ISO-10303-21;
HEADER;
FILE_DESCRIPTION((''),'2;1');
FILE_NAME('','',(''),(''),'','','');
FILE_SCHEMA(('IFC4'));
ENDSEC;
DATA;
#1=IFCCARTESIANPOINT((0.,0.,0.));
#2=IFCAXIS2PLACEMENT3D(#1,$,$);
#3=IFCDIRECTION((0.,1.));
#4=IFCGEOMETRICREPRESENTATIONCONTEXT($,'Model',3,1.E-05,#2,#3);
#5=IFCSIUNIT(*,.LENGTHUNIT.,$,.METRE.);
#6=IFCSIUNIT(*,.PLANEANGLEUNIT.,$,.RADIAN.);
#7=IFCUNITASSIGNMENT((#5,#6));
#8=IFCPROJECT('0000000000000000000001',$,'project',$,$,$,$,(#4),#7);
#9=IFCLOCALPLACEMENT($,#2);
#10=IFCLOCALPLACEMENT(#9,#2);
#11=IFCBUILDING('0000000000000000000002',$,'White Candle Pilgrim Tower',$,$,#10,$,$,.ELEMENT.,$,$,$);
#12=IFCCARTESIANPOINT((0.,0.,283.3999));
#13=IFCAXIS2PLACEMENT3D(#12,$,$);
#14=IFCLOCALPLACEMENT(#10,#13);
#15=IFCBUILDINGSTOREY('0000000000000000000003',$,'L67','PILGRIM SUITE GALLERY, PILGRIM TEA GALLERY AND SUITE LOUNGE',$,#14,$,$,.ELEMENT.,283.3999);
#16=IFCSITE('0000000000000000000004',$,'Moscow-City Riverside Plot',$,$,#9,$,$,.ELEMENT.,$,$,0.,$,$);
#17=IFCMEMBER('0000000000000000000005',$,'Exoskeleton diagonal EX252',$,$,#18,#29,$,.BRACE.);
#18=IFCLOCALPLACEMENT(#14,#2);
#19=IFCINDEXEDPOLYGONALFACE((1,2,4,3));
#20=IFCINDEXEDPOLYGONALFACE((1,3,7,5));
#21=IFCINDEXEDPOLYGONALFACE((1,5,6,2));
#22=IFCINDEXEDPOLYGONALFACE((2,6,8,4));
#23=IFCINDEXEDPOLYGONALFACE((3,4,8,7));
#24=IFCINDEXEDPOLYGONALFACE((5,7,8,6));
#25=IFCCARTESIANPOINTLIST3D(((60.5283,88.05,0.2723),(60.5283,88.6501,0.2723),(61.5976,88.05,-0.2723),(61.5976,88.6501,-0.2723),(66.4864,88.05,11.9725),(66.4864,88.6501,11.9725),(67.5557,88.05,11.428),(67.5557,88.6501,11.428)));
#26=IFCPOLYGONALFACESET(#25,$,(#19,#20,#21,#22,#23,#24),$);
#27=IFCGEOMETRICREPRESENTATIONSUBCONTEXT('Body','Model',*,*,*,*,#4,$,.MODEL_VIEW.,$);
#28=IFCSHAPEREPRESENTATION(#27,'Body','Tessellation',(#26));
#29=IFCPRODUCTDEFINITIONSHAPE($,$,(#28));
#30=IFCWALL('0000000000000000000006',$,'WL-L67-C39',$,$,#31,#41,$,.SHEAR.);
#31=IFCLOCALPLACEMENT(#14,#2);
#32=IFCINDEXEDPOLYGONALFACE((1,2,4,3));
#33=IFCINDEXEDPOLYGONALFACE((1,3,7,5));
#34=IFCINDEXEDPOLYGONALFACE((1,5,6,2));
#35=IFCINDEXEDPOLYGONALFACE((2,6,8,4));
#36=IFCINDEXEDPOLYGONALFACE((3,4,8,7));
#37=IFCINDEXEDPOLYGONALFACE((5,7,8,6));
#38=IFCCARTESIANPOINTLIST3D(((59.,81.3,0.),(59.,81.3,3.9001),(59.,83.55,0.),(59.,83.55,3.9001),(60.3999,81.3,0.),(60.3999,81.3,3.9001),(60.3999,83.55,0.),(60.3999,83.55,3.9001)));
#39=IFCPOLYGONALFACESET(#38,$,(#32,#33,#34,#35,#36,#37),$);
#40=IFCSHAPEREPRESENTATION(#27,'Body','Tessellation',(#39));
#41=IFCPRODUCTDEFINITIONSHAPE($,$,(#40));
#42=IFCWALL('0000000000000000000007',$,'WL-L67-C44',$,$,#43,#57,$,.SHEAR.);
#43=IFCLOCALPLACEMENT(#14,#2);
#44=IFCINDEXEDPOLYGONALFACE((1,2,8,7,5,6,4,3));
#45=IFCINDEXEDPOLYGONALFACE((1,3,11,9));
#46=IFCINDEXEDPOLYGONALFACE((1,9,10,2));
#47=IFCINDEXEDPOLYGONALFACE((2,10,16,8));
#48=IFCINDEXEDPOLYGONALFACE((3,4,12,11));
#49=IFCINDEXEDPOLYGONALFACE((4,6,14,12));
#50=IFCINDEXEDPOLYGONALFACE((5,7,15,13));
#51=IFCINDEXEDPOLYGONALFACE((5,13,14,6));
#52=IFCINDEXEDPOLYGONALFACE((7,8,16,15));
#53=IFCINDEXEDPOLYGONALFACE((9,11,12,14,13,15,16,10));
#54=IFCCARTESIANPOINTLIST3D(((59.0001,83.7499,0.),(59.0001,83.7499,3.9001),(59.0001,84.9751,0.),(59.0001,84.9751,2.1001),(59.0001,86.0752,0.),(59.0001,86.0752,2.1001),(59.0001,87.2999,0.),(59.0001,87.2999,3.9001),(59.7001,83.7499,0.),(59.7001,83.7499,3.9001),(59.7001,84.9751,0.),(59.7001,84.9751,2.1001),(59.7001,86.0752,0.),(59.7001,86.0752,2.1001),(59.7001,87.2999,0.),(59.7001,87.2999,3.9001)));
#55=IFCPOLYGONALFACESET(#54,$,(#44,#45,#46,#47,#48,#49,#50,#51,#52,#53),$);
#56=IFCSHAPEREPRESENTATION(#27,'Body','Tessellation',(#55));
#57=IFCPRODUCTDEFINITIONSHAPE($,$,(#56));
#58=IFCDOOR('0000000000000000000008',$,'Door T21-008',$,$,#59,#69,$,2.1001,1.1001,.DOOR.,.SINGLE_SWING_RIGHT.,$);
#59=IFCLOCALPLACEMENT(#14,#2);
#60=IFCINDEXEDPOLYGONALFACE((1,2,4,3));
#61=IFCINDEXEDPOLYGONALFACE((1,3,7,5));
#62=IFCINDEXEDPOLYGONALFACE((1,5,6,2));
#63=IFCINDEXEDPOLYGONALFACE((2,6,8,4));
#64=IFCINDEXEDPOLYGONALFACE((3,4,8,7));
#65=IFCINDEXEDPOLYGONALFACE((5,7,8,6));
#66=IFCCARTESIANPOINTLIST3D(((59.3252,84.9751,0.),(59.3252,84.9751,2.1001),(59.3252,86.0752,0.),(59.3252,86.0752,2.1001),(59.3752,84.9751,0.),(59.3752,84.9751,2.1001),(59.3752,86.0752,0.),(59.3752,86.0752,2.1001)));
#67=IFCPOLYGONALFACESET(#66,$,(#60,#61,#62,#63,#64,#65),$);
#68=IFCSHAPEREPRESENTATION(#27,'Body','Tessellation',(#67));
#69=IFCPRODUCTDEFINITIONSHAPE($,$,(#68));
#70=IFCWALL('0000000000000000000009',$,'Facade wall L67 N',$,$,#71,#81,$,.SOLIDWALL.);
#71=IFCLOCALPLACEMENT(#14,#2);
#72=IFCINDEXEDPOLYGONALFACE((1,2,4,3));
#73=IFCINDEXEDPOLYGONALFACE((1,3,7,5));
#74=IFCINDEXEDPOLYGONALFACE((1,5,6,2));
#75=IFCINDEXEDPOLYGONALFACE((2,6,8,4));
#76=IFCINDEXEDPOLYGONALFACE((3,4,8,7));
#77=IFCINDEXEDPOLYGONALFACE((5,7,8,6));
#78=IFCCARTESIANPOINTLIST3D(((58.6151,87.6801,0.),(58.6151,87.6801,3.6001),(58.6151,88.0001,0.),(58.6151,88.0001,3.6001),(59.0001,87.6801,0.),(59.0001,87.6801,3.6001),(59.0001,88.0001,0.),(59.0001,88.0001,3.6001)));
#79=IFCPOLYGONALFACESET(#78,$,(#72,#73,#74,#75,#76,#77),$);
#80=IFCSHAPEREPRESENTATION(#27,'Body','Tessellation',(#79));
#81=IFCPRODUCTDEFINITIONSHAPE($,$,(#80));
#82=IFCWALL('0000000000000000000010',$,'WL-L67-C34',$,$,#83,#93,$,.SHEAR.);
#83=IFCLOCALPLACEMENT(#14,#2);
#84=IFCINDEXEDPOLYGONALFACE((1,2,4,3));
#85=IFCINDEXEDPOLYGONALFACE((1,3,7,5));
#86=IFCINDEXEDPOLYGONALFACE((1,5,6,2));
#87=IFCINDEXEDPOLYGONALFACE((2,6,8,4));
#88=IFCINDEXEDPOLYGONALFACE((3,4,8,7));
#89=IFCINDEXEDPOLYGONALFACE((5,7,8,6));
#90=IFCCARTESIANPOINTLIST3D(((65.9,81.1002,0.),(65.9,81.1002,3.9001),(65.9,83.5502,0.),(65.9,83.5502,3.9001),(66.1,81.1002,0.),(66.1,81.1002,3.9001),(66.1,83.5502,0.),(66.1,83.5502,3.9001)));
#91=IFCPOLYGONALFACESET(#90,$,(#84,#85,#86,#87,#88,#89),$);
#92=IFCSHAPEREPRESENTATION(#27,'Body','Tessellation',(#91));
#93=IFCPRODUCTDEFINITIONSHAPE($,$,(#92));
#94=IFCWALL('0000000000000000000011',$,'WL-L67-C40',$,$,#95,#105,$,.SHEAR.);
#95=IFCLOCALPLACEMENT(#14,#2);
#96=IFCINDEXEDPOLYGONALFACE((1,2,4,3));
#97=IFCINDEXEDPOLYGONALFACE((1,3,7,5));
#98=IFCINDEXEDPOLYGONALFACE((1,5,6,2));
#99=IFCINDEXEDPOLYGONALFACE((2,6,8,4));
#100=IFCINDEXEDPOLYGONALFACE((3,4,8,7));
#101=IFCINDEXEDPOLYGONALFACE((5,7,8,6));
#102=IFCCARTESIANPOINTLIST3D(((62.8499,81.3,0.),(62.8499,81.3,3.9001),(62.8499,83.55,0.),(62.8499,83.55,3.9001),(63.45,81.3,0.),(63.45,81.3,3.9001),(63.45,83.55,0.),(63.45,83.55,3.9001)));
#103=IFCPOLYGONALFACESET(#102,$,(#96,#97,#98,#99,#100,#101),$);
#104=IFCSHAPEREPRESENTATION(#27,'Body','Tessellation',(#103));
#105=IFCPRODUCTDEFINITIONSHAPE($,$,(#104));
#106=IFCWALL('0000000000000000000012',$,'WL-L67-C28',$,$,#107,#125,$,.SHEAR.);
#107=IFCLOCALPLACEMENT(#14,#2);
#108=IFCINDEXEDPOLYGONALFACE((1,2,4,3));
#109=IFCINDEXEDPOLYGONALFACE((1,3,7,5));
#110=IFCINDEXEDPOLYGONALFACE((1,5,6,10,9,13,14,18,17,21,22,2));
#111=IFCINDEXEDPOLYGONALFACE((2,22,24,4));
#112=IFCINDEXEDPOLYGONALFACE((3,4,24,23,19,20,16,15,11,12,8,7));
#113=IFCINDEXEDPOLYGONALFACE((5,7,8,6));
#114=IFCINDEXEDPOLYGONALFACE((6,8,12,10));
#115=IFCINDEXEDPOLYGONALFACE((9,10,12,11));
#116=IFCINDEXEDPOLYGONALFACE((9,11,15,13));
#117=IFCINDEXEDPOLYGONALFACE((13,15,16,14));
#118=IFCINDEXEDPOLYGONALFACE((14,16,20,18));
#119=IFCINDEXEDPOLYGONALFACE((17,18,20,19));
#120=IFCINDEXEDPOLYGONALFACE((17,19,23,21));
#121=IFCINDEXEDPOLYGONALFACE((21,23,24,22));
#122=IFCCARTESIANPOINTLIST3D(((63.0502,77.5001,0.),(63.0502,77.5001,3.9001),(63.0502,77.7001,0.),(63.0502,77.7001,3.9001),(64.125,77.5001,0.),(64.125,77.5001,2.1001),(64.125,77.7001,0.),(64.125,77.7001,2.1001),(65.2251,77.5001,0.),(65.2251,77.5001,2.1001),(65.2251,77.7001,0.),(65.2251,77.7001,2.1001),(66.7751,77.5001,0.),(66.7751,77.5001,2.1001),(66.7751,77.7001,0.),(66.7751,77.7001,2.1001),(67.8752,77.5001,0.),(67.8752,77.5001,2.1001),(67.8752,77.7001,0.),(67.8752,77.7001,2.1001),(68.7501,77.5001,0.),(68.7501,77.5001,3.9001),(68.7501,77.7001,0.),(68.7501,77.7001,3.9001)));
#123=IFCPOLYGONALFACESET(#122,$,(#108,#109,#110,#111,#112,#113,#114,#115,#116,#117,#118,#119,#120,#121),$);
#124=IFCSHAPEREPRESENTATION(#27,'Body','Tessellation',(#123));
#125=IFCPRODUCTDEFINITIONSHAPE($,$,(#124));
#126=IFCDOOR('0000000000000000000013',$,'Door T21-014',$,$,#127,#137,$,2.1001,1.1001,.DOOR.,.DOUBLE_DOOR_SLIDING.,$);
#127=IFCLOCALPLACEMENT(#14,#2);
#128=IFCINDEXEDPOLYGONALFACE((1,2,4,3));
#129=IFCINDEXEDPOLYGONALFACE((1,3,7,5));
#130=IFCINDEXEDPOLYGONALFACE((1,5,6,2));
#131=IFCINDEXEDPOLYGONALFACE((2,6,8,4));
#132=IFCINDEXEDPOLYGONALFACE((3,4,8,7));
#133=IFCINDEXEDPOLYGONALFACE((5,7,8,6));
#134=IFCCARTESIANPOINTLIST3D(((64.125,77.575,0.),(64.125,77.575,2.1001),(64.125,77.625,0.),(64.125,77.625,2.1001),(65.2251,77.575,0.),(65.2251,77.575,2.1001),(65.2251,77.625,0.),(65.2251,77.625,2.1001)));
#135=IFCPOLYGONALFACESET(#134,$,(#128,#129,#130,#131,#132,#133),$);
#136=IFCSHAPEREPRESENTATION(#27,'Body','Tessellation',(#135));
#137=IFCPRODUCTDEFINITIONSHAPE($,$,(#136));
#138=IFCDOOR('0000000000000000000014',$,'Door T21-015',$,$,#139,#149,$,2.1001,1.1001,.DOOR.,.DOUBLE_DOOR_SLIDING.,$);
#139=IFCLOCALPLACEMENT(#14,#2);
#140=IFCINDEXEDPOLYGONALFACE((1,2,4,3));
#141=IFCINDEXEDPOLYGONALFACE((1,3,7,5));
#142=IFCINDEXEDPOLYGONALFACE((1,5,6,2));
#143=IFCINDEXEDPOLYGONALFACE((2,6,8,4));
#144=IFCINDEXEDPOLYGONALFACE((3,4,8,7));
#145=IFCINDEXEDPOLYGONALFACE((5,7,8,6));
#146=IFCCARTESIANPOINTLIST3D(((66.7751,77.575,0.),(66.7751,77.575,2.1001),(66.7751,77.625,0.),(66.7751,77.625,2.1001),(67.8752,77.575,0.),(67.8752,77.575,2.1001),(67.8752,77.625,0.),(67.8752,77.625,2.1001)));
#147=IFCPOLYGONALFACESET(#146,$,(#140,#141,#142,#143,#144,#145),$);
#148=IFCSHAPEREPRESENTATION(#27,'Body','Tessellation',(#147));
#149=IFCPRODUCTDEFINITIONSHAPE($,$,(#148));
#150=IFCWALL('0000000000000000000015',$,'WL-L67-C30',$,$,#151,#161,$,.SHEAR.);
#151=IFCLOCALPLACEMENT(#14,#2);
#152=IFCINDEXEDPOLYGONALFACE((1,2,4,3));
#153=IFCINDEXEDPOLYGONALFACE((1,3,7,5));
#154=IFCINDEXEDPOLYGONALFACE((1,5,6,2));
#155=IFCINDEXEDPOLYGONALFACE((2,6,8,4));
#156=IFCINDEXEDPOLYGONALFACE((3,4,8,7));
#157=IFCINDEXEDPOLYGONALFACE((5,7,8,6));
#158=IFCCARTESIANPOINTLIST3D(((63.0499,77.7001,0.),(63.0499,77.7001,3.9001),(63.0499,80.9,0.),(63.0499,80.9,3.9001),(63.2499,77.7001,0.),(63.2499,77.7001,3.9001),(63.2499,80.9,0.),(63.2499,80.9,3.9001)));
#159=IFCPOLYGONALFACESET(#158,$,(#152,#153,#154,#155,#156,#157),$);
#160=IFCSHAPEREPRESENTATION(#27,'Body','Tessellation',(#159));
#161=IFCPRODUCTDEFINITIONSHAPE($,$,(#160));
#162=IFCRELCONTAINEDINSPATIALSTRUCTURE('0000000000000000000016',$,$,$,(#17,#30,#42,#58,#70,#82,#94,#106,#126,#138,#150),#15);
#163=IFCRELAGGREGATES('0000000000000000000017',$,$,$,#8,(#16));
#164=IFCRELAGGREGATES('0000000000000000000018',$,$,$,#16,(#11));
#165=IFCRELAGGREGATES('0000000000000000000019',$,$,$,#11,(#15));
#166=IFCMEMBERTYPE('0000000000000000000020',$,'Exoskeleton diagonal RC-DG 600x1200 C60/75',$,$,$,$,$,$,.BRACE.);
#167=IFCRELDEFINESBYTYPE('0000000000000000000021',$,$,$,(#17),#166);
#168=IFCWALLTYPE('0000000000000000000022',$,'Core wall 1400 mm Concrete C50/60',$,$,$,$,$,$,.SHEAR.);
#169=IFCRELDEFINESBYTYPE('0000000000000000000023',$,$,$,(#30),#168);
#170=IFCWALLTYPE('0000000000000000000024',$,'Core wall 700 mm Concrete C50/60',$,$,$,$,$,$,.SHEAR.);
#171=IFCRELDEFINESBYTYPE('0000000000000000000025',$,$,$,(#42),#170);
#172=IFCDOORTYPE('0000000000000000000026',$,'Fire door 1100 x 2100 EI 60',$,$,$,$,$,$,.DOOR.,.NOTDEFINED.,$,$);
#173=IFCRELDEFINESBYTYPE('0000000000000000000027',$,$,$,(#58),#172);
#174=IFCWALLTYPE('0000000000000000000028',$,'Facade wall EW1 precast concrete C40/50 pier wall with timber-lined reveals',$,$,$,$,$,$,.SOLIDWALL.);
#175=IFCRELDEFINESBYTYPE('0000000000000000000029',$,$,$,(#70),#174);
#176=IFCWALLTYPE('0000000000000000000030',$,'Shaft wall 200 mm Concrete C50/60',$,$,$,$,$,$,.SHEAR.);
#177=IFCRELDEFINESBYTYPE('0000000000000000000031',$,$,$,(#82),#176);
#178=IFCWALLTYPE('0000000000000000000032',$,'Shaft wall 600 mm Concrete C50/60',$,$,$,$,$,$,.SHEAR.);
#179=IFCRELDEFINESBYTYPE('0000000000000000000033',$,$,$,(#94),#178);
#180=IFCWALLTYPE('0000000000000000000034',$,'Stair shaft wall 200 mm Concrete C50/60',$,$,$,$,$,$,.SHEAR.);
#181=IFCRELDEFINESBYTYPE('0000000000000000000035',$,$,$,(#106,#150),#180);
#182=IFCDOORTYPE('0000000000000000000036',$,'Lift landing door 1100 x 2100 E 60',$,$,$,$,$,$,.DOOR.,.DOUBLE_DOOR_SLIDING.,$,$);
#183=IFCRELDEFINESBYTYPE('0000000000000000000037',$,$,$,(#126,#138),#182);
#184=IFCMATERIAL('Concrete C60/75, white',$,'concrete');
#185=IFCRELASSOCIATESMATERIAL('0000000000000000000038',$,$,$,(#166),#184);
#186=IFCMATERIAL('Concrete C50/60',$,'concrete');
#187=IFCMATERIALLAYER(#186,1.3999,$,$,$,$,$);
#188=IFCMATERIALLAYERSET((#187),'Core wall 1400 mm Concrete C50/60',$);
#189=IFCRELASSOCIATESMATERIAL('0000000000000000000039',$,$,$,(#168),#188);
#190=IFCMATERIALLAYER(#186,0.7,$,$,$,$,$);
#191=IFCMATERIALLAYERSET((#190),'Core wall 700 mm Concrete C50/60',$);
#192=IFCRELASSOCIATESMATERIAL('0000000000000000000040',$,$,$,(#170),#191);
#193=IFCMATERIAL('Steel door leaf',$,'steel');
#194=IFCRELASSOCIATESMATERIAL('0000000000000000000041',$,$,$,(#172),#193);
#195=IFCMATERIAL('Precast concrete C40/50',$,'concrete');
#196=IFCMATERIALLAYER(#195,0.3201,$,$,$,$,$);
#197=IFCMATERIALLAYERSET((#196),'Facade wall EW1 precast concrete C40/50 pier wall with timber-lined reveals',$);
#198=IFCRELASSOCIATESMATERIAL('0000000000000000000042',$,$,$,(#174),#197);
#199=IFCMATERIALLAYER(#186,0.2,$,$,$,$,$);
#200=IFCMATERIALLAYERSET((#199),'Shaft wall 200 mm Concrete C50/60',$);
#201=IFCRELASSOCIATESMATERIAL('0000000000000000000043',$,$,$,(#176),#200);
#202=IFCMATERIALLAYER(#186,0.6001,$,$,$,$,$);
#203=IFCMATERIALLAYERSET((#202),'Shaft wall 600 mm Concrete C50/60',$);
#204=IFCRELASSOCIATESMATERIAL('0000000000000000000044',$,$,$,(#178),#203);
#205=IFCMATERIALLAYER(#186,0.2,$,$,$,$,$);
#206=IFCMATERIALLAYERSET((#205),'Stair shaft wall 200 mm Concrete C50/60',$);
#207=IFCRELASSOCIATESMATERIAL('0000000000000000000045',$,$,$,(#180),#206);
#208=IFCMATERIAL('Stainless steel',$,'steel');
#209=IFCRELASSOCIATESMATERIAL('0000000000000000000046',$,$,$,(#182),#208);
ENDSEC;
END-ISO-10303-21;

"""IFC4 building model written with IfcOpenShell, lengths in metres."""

from ifc_helpers import new_model, si_unit, direction, frame, frame_2d, origin, origin_2d, place, context, subcontext, project, spatial, rectangle, extrude, material, layer, layer_set, material_profile, profile_set, type_object, element, fill, save


model = new_model("IFC4")

# Units and contexts
model_context = context("Model", 3, precision=1e-05, world=origin(), true_north=direction((0.0, 1.0)))
body_context = subcontext(model_context, "Body", "Model", "MODEL_VIEW")
ifc_project = project(units=[si_unit("LENGTHUNIT", "METRE"), si_unit("PLANEANGLEUNIT", "RADIAN")], contexts=[model_context])

# Site, building, storey
site_placement = place(None, origin())
site = spatial("IfcSite", under=ifc_project, at=site_placement, Name="Moscow-City Riverside Plot", CompositionType="ELEMENT", RefElevation=0.0)
building_placement = place(site_placement, origin())
building = spatial("IfcBuilding", under=site, at=building_placement, Name="White Candle Pilgrim Tower", CompositionType="ELEMENT")
storey_placement = place(building_placement, frame((0.0, 0.0, 283.3999)))
storey = spatial("IfcBuildingStorey", under=building, at=storey_placement, Name="L67", Description="PILGRIM SUITE GALLERY, PILGRIM TEA GALLERY AND SUITE LOUNGE", CompositionType="ELEMENT", Elevation=283.3999)

# Member
ifc_material_1 = material(Name="Concrete C60/75, white", Category="concrete")
ifc_material_profile = material_profile(ifc_material_1, rectangle(XDim=0.6001, YDim=1.2, at=origin_2d()), Name="RC-DG 600x1200")
ifc_profile_set = profile_set([ifc_material_profile], Name="Concrete C60/75, white")
member_type = type_object("IfcMemberType", Name="Exoskeleton diagonal RC-DG 600x1200 C60/75", PredefinedType="BRACE", material=ifc_profile_set)
member_placement = place(storey_placement, frame((61.063, 88.3501, 0.0), z_axis=(0.453776, 0.0, 0.891116), x_axis=(0.0, 1.0, 0.0)))
element("IfcMember", 1, at=member_placement, inside=storey, type_object=member_type, Name="Exoskeleton diagonal EX252", PredefinedType="BRACE", context=body_context, shape_type="SweptSolid", body=[
    extrude(rectangle(XDim=0.6001, YDim=1.2, at=origin_2d()), origin(), (0.0, 0.0, 1.0), 13.1299),
])

# Wall
ifc_material_2 = material(Name="Concrete C50/60", Category="concrete")
ifc_layer_1 = layer(ifc_material_2, 1.3999)
ifc_layer_set_1 = layer_set([ifc_layer_1], Name="Core wall 1400 mm Concrete C50/60")
wall_type_1 = type_object("IfcWallType", Name="Core wall 1400 mm Concrete C50/60", PredefinedType="SHEAR", material=ifc_layer_set_1)
wall_1_placement = place(storey_placement, frame((59.7, 81.3, 0.0), z_axis=(0.0, 0.0, 1.0), x_axis=(0.0, 1.0, 0.0)))
element("IfcWall", 2, at=wall_1_placement, inside=storey, type_object=wall_type_1, Name="WL-L67-C39", PredefinedType="SHEAR", context=body_context, shape_type="SweptSolid", body=[
    extrude(rectangle(XDim=2.25, YDim=1.3999, at=frame_2d((1.125, 0.0))), origin(), (0.0, 0.0, 1.0), 3.9001),
])

# Wall, opening, door
ifc_layer_2 = layer(ifc_material_2, 0.7)
ifc_layer_set_2 = layer_set([ifc_layer_2], Name="Core wall 700 mm Concrete C50/60")
wall_type_2 = type_object("IfcWallType", Name="Core wall 700 mm Concrete C50/60", PredefinedType="SHEAR", material=ifc_layer_set_2)
wall_2_placement = place(storey_placement, frame((59.3501, 83.75, 0.0), z_axis=(0.0, 0.0, 1.0), x_axis=(0.0, 1.0, 0.0)))
wall_2 = element("IfcWall", 3, at=wall_2_placement, inside=storey, type_object=wall_type_2, Name="WL-L67-C44", PredefinedType="SHEAR", context=body_context, shape_type="SweptSolid", body=[
    extrude(rectangle(XDim=3.55, YDim=0.7, at=frame_2d((1.7749, 0.0))), origin(), (0.0, 0.0, 1.0), 3.9001),
])
opening_1_placement = place(wall_2_placement, frame((1.2251, 0.0, 0.0)))
opening_1 = element("IfcOpeningElement", 4, at=opening_1_placement, cuts=wall_2, PredefinedType="OPENING", context=body_context, shape_type="SweptSolid", body=[
    extrude(rectangle(XDim=1.1001, YDim=2.1001, at=frame_2d((0.55, 1.05))), frame((0.0, 0.3599, 0.0), z_axis=(0.0, -1.0, 0.0), x_axis=(1.0, 0.0, 0.0)), (0.0, 0.0, 1.0), 0.72),
])
ifc_material_3 = material(Name="Steel door leaf", Category="steel")
door_type_1 = type_object("IfcDoorType", Name="Fire door 1100 x 2100 EI 60", OperationType="NOTDEFINED", PredefinedType="DOOR", material=ifc_material_3)
door_1_placement = place(opening_1_placement, origin())
door_1 = element("IfcDoor", 5, at=door_1_placement, inside=storey, type_object=door_type_1, Name="Door T21-008", OperationType="SINGLE_SWING_RIGHT", OverallHeight=2.1001, OverallWidth=1.1001, PredefinedType="DOOR", context=body_context, shape_type="SweptSolid", body=[
    extrude(rectangle(XDim=1.1001, YDim=2.1001, at=frame_2d((0.55, 1.05))), frame((0.0, 0.0249, 0.0), z_axis=(0.0, -1.0, 0.0), x_axis=(1.0, 0.0, 0.0)), (0.0, 0.0, 1.0), 0.05),
])
fill(opening_1, door_1)

# Walls
ifc_material_4 = material(Name="Precast concrete C40/50", Category="concrete")
ifc_layer_3 = layer(ifc_material_4, 0.3201)
ifc_layer_set_3 = layer_set([ifc_layer_3], Name="Facade wall EW1 precast concrete C40/50 pier wall with timber-lined reveals")
wall_type_3 = type_object("IfcWallType", Name="Facade wall EW1 precast concrete C40/50 pier wall with timber-lined reveals", PredefinedType="SOLIDWALL", material=ifc_layer_set_3)
wall_3_placement = place(storey_placement, frame((59.0, 87.8401, 0.0), z_axis=(0.0, 0.0, 1.0), x_axis=(-1.0, 0.0, 0.0)))
element("IfcWall", 6, at=wall_3_placement, inside=storey, type_object=wall_type_3, Name="Facade wall L67 N", PredefinedType="SOLIDWALL", context=body_context, shape_type="SweptSolid", body=[
    extrude(rectangle(XDim=0.385, YDim=0.3201, at=frame_2d((0.1924, 0.0))), origin(), (0.0, 0.0, 1.0), 3.6001),
])
ifc_layer_4 = layer(ifc_material_2, 0.2)
ifc_layer_set_4 = layer_set([ifc_layer_4], Name="Shaft wall 200 mm Concrete C50/60")
wall_type_4 = type_object("IfcWallType", Name="Shaft wall 200 mm Concrete C50/60", PredefinedType="SHEAR", material=ifc_layer_set_4)
wall_4_placement = place(storey_placement, frame((66.0, 81.1001, 0.0), z_axis=(0.0, 0.0, 1.0), x_axis=(0.0, 1.0, 0.0)))
element("IfcWall", 7, at=wall_4_placement, inside=storey, type_object=wall_type_4, Name="WL-L67-C34", PredefinedType="SHEAR", context=body_context, shape_type="SweptSolid", body=[
    extrude(rectangle(XDim=2.45, YDim=0.2, at=frame_2d((1.2251, 0.0))), origin(), (0.0, 0.0, 1.0), 3.9001),
])
ifc_layer_5 = layer(ifc_material_2, 0.6001)
ifc_layer_set_5 = layer_set([ifc_layer_5], Name="Shaft wall 600 mm Concrete C50/60")
wall_type_5 = type_object("IfcWallType", Name="Shaft wall 600 mm Concrete C50/60", PredefinedType="SHEAR", material=ifc_layer_set_5)
wall_5_placement = place(storey_placement, frame((63.1499, 81.3, 0.0), z_axis=(0.0, 0.0, 1.0), x_axis=(0.0, 1.0, 0.0)))
element("IfcWall", 8, at=wall_5_placement, inside=storey, type_object=wall_type_5, Name="WL-L67-C40", PredefinedType="SHEAR", context=body_context, shape_type="SweptSolid", body=[
    extrude(rectangle(XDim=2.25, YDim=0.6001, at=frame_2d((1.125, 0.0))), origin(), (0.0, 0.0, 1.0), 3.9001),
])

# Wall, openings, doors
ifc_layer_6 = layer(ifc_material_2, 0.2)
ifc_layer_set_6 = layer_set([ifc_layer_6], Name="Stair shaft wall 200 mm Concrete C50/60")
wall_type_6 = type_object("IfcWallType", Name="Stair shaft wall 200 mm Concrete C50/60", PredefinedType="SHEAR", material=ifc_layer_set_6)
wall_6_placement = place(storey_placement, frame((63.05, 77.6001, 0.0), z_axis=(0.0, 0.0, 1.0), x_axis=(1.0, 0.0, 0.0)))
wall_6 = element("IfcWall", 9, at=wall_6_placement, inside=storey, type_object=wall_type_6, Name="WL-L67-C28", PredefinedType="SHEAR", context=body_context, shape_type="SweptSolid", body=[
    extrude(rectangle(XDim=5.7, YDim=0.2, at=frame_2d((2.8501, 0.0))), origin(), (0.0, 0.0, 1.0), 3.9001),
])
opening_2_placement = place(wall_6_placement, frame((1.075, 0.0, 0.0)))
opening_2 = element("IfcOpeningElement", 10, at=opening_2_placement, cuts=wall_6, PredefinedType="OPENING", context=body_context, shape_type="SweptSolid", body=[
    extrude(rectangle(XDim=1.1001, YDim=2.1001, at=frame_2d((0.55, 1.05))), frame((0.0, 0.1099, 0.0), z_axis=(0.0, -1.0, 0.0), x_axis=(1.0, 0.0, 0.0)), (0.0, 0.0, 1.0), 0.22),
])
opening_3_placement = place(wall_6_placement, frame((3.7251, 0.0, 0.0)))
opening_3 = element("IfcOpeningElement", 11, at=opening_3_placement, cuts=wall_6, PredefinedType="OPENING", context=body_context, shape_type="SweptSolid", body=[
    extrude(rectangle(XDim=1.1001, YDim=2.1001, at=frame_2d((0.55, 1.05))), frame((0.0, 0.1099, 0.0), z_axis=(0.0, -1.0, 0.0), x_axis=(1.0, 0.0, 0.0)), (0.0, 0.0, 1.0), 0.22),
])
ifc_material_5 = material(Name="Stainless steel", Category="steel")
door_type_2 = type_object("IfcDoorType", Name="Lift landing door 1100 x 2100 E 60", OperationType="DOUBLE_DOOR_SLIDING", PredefinedType="DOOR", material=ifc_material_5)
door_2_placement = place(opening_2_placement, origin())
door_2 = element("IfcDoor", 12, at=door_2_placement, inside=storey, type_object=door_type_2, Name="Door T21-014", OperationType="DOUBLE_DOOR_SLIDING", OverallHeight=2.1001, OverallWidth=1.1001, PredefinedType="DOOR", context=body_context, shape_type="SweptSolid", body=[
    extrude(rectangle(XDim=1.1001, YDim=2.1001, at=frame_2d((0.55, 1.05))), frame((0.0, 0.0249, 0.0), z_axis=(0.0, -1.0, 0.0), x_axis=(1.0, 0.0, 0.0)), (0.0, 0.0, 1.0), 0.05),
])
fill(opening_2, door_2)
door_3_placement = place(opening_3_placement, origin())
door_3 = element("IfcDoor", 13, at=door_3_placement, inside=storey, type_object=door_type_2, Name="Door T21-015", OperationType="DOUBLE_DOOR_SLIDING", OverallHeight=2.1001, OverallWidth=1.1001, PredefinedType="DOOR", context=body_context, shape_type="SweptSolid", body=[
    extrude(rectangle(XDim=1.1001, YDim=2.1001, at=frame_2d((0.55, 1.05))), frame((0.0, 0.0249, 0.0), z_axis=(0.0, -1.0, 0.0), x_axis=(1.0, 0.0, 0.0)), (0.0, 0.0, 1.0), 0.05),
])
fill(opening_3, door_3)

# Wall
wall_7_placement = place(storey_placement, frame((63.1499, 77.7, 0.0), z_axis=(0.0, 0.0, 1.0), x_axis=(0.0, 1.0, 0.0)))
element("IfcWall", 14, at=wall_7_placement, inside=storey, type_object=wall_type_6, Name="WL-L67-C30", PredefinedType="SHEAR", context=body_context, shape_type="SweptSolid", body=[
    extrude(rectangle(XDim=3.2, YDim=0.2, at=frame_2d((1.6001, 0.0))), origin(), (0.0, 0.0, 1.0), 3.9001),
])

save(model, "model.ifc")
